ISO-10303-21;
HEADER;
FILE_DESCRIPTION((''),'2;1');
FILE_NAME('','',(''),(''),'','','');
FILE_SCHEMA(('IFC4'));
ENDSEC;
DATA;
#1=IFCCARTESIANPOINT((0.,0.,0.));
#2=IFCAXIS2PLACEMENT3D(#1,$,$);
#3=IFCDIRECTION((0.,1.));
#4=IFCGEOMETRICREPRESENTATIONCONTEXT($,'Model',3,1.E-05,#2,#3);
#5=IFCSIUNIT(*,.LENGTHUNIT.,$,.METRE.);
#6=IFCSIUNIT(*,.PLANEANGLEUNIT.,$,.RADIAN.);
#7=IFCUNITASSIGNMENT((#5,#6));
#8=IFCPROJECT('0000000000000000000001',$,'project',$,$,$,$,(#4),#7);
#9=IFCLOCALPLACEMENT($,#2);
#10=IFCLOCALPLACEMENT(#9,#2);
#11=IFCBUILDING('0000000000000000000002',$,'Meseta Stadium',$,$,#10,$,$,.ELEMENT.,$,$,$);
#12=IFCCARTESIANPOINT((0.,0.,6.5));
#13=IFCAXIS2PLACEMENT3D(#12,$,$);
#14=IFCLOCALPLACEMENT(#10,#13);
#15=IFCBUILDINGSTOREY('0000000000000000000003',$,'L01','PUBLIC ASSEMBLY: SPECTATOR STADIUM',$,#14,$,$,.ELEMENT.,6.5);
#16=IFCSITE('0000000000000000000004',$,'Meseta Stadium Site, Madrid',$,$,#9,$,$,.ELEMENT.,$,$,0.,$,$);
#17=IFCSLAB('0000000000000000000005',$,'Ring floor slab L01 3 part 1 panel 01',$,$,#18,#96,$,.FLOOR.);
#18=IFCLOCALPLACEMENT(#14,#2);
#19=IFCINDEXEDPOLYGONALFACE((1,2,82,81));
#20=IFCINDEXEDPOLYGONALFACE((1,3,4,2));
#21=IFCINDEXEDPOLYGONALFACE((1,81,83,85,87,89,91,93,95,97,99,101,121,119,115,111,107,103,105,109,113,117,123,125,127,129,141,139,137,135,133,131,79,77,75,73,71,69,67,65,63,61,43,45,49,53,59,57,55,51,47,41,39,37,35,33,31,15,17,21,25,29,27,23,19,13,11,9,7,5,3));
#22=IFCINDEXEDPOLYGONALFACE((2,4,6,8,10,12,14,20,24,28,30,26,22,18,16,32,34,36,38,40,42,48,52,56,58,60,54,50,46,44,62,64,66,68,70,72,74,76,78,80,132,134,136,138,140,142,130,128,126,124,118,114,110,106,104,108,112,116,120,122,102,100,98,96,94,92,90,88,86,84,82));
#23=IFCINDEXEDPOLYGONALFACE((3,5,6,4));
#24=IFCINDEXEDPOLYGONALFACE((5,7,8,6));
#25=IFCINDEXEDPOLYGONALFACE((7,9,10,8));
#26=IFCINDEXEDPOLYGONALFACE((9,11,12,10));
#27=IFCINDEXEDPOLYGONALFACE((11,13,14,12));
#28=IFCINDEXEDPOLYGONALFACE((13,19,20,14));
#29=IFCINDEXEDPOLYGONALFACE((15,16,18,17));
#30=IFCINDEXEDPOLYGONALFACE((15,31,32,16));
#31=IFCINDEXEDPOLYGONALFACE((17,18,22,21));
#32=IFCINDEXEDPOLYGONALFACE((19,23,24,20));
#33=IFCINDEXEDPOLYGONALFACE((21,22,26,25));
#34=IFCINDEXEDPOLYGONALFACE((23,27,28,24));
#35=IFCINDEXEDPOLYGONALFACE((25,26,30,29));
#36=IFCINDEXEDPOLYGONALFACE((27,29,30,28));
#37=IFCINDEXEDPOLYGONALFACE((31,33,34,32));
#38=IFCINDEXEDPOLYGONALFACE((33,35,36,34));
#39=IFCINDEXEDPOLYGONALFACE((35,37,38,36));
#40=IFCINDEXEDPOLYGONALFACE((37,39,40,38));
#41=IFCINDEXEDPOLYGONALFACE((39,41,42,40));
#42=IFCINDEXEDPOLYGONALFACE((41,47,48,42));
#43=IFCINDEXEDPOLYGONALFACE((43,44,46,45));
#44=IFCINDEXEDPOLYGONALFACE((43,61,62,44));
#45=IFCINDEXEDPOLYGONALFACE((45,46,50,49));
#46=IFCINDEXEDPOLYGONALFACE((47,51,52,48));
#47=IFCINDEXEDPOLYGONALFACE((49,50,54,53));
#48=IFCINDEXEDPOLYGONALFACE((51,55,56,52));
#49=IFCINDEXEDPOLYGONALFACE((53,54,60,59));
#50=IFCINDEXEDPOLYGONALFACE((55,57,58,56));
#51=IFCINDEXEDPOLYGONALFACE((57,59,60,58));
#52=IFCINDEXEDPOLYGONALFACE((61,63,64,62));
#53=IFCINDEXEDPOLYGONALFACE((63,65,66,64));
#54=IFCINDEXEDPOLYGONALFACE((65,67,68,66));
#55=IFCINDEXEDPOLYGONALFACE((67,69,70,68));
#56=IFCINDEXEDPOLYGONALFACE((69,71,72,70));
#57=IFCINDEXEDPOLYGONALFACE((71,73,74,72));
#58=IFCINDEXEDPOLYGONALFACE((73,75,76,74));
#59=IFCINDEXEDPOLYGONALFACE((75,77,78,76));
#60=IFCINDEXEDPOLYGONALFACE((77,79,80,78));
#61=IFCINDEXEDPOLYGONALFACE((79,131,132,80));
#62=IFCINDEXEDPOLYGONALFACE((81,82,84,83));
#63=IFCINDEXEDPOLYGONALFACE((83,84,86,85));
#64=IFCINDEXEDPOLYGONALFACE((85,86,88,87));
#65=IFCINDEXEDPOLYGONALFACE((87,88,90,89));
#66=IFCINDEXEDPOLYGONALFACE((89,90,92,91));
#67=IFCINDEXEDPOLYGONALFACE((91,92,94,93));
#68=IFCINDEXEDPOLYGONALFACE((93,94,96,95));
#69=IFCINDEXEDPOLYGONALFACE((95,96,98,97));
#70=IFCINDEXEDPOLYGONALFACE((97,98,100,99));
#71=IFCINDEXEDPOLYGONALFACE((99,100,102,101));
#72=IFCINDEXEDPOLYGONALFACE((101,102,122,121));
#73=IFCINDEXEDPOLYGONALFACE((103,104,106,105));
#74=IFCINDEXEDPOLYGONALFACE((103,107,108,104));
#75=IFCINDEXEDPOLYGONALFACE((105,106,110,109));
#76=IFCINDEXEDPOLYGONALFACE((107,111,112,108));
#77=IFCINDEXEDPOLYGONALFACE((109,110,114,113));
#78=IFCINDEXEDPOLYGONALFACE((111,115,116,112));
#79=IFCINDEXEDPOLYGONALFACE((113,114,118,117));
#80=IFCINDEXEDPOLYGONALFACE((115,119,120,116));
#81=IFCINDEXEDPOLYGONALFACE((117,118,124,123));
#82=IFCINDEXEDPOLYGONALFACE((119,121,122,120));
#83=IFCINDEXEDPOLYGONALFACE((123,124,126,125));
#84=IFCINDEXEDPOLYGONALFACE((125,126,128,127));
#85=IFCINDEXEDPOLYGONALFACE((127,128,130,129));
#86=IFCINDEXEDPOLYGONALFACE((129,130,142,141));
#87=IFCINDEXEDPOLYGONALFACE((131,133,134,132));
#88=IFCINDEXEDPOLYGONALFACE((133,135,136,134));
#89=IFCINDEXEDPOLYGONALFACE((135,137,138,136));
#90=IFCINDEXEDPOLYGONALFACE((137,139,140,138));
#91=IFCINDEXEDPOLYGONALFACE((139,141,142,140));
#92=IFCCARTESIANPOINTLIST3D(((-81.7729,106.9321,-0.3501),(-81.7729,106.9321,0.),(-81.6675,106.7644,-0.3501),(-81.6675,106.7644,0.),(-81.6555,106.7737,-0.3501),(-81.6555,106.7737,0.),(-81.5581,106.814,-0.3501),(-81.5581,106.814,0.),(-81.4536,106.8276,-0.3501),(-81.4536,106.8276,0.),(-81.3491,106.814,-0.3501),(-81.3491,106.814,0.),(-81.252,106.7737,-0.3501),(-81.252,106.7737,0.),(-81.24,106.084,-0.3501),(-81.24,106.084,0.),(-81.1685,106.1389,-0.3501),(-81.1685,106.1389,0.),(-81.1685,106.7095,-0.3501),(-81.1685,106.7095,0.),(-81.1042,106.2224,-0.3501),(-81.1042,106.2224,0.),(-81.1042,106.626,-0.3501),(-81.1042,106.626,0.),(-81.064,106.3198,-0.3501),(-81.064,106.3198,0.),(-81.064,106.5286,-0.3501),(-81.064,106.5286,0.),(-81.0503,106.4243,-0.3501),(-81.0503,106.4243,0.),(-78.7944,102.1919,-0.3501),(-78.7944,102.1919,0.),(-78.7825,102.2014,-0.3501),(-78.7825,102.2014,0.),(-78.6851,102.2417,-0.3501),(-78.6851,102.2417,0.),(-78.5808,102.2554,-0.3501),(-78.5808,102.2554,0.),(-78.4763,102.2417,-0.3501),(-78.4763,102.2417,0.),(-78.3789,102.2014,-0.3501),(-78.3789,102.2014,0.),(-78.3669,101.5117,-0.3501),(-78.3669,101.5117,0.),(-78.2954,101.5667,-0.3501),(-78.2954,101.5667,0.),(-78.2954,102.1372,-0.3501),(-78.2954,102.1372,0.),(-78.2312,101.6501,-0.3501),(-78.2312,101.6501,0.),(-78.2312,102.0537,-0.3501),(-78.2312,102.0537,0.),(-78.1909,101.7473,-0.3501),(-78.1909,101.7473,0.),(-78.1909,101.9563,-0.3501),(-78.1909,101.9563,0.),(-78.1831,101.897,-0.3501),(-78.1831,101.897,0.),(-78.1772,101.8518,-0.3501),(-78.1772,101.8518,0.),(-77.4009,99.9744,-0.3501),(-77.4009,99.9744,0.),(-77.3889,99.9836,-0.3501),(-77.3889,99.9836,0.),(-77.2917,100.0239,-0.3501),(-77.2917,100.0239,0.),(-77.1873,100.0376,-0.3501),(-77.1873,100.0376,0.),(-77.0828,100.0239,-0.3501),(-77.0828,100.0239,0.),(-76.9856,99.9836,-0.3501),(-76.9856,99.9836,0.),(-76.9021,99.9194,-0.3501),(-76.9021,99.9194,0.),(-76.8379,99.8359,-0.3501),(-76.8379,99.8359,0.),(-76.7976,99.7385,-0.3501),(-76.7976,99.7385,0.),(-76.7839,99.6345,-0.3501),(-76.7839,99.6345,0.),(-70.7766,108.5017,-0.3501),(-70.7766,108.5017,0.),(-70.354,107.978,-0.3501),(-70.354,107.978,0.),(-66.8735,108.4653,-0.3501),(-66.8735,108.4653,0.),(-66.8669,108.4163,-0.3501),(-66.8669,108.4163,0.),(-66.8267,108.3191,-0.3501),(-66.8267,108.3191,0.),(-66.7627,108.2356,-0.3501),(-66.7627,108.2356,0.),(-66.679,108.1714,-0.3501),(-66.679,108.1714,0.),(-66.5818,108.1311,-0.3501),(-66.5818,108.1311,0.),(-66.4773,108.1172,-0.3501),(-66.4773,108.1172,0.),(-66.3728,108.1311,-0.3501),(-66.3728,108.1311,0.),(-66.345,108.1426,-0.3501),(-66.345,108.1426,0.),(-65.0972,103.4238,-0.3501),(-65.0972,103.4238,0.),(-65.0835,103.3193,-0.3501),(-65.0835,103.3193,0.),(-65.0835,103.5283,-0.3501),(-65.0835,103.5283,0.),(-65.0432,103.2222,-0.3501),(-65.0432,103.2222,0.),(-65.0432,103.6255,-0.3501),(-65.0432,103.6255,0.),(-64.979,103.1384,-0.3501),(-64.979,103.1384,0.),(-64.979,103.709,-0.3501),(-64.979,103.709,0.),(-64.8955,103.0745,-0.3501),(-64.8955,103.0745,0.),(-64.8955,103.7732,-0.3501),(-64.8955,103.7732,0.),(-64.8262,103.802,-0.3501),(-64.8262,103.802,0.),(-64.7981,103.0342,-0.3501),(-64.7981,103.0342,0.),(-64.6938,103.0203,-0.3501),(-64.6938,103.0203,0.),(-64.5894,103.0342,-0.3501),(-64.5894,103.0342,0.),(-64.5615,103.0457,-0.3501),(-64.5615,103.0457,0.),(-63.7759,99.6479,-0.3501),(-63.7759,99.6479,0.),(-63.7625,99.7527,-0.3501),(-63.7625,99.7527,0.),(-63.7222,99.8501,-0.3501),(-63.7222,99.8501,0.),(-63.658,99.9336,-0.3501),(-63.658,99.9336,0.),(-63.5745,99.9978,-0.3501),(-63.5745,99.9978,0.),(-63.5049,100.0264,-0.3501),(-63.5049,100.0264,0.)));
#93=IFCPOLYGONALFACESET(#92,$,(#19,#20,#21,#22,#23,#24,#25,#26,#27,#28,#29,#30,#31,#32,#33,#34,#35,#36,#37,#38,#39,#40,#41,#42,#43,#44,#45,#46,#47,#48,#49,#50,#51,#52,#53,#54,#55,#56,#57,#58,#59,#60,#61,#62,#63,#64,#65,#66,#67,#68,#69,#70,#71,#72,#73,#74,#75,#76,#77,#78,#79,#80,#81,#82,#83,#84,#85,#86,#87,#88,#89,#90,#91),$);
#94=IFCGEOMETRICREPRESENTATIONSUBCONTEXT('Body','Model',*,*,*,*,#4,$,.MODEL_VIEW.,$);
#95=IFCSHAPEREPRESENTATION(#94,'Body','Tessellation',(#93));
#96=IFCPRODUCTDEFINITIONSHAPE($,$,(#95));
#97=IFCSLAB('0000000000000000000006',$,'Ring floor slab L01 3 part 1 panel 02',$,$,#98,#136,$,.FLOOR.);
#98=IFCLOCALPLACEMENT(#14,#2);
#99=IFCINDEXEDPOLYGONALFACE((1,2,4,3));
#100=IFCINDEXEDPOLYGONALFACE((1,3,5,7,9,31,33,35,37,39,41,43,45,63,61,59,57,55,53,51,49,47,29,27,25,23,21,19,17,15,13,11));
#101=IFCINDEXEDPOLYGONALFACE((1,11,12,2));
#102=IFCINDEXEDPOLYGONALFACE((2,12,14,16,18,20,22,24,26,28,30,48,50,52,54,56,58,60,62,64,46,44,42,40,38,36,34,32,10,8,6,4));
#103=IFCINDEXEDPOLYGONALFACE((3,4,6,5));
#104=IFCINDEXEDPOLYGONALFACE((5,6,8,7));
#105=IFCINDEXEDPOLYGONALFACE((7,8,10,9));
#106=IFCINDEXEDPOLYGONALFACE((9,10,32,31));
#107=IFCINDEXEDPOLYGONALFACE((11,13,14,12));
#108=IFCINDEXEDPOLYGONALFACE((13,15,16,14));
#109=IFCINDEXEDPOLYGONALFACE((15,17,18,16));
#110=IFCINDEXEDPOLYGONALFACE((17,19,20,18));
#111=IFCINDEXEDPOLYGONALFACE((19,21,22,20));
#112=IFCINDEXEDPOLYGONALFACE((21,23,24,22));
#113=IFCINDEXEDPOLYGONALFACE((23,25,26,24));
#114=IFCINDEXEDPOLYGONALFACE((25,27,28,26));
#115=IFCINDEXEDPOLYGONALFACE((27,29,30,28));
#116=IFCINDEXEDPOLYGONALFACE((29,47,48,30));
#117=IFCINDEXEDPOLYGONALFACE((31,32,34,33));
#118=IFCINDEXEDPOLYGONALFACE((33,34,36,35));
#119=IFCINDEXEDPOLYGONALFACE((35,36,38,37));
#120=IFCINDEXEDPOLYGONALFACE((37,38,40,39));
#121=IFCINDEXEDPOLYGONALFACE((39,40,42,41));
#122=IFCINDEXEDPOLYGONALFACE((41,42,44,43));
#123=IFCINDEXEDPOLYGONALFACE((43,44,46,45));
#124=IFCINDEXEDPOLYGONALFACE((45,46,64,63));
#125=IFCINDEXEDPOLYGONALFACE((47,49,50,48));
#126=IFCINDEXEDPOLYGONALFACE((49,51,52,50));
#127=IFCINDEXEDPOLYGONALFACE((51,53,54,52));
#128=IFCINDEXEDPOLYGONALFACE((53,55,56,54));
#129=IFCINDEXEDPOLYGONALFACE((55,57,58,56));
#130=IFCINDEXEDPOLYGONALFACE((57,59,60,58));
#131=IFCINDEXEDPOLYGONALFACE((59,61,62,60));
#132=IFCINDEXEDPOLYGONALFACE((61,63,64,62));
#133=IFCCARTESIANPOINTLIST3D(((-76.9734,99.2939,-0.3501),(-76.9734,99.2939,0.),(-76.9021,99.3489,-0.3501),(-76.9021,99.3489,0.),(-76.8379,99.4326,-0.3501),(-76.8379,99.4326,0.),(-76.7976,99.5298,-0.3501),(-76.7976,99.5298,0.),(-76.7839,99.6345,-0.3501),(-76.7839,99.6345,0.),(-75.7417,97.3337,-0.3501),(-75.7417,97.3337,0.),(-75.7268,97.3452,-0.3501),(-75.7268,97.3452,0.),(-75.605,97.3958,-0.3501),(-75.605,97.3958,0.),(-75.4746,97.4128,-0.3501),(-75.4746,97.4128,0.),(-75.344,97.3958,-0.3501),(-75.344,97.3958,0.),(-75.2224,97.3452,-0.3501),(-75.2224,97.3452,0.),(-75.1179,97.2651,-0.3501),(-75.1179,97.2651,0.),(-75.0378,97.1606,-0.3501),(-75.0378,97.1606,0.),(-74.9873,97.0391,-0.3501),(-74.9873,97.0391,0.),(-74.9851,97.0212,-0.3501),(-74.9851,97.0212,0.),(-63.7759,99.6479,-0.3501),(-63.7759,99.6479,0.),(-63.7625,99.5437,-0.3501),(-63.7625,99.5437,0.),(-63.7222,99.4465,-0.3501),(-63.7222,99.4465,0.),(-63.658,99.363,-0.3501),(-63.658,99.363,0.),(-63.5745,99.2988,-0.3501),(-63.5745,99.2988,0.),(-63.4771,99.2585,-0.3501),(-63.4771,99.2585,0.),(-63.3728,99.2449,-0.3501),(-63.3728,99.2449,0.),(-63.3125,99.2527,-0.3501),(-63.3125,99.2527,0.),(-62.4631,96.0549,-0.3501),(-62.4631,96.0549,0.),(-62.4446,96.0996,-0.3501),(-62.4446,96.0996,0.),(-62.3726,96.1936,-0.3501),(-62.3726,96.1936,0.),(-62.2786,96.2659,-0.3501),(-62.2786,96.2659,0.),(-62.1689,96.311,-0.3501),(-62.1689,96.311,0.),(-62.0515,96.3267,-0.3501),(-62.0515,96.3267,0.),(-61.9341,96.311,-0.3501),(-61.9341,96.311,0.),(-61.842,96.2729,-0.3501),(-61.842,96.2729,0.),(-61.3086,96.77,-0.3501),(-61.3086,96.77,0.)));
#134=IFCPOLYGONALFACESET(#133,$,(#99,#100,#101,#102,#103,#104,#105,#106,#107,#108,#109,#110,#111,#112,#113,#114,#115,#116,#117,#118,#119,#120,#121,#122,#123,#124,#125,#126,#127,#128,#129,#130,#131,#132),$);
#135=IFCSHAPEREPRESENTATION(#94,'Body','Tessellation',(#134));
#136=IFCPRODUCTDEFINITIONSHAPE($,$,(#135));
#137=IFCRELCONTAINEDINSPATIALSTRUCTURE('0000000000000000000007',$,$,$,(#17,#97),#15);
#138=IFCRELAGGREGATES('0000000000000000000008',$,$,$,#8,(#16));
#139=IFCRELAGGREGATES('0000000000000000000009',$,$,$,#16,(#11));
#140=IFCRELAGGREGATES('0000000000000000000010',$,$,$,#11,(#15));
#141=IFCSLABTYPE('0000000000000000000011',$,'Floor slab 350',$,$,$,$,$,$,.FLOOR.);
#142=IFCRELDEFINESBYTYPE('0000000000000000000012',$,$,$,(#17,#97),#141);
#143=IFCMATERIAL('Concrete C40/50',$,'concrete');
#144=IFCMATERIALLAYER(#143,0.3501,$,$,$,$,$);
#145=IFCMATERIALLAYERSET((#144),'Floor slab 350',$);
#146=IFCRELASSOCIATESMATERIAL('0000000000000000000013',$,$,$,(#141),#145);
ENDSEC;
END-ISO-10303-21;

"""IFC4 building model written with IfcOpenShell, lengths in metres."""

from ifc_helpers import new_model, si_unit, direction, frame, origin, place, context, subcontext, project, spatial, polyline, outline, extrude, material, layer, layer_set, type_object, element, save


model = new_model("IFC4")

# Units and contexts
model_context = context("Model", 3, precision=1e-05, world=origin(), true_north=direction((0.0, 1.0)))
body_context = subcontext(model_context, "Body", "Model", "MODEL_VIEW")
ifc_project = project(units=[si_unit("LENGTHUNIT", "METRE"), si_unit("PLANEANGLEUNIT", "RADIAN")], contexts=[model_context])

# Site, building, storey
site_placement = place(None, origin())
site = spatial("IfcSite", under=ifc_project, at=site_placement, Name="Meseta Stadium Site, Madrid", CompositionType="ELEMENT", RefElevation=0.0)
building_placement = place(site_placement, origin())
building = spatial("IfcBuilding", under=site, at=building_placement, Name="Meseta Stadium", CompositionType="ELEMENT")
storey_placement = place(building_placement, frame((0.0, 0.0, 6.5)))
storey = spatial("IfcBuildingStorey", under=building, at=storey_placement, Name="L01", Description="PUBLIC ASSEMBLY: SPECTATOR STADIUM", CompositionType="ELEMENT", Elevation=6.5)

# Slabs
ifc_material_1 = material(Name="Concrete C40/50", Category="concrete")
ifc_layer_1 = layer(ifc_material_1, 0.3501)
ifc_layer_set_1 = layer_set([ifc_layer_1], Name="Floor slab 350")
slab_type_1 = type_object("IfcSlabType", Name="Floor slab 350", PredefinedType="FLOOR", material=ifc_layer_set_1)
slab_1_placement = place(storey_placement, frame((0.0, 0.0, -0.3501)))
element("IfcSlab", 1, at=slab_1_placement, inside=storey, type_object=slab_type_1, Name="Ring floor slab L01 3 part 1 panel 01", PredefinedType="FLOOR", context=body_context, shape_type="SweptSolid", body=[
    extrude(outline(polyline([(-81.7729, 106.9321), (-81.6675, 106.7644), (-81.6555, 106.7737), (-81.5581, 106.814), (-81.4536, 106.8276), (-81.3491, 106.814), (-81.252, 106.7737), (-81.1685, 106.7095), (-81.1042, 106.626), (-81.064, 106.5286), (-81.0503, 106.4243), (-81.064, 106.3198), (-81.1042, 106.2224), (-81.1685, 106.1389), (-81.24, 106.084), (-78.7944, 102.1919), (-78.7825, 102.2014), (-78.6851, 102.2417), (-78.5808, 102.2554), (-78.4763, 102.2417), (-78.3789, 102.2014), (-78.2954, 102.1372), (-78.2312, 102.0537), (-78.1909, 101.9563), (-78.1831, 101.897), (-78.1772, 101.8518), (-78.1909, 101.7473), (-78.2312, 101.6501), (-78.2954, 101.5667), (-78.3669, 101.5117), (-77.4009, 99.9744), (-77.3889, 99.9836), (-77.2917, 100.0239), (-77.1873, 100.0376), (-77.0828, 100.0239), (-76.9856, 99.9836), (-76.9021, 99.9194), (-76.8379, 99.8359), (-76.7976, 99.7385), (-76.7839, 99.6345), (-63.7759, 99.6479), (-63.7625, 99.7527), (-63.7222, 99.8501), (-63.658, 99.9336), (-63.5745, 99.9978), (-63.5049, 100.0264), (-64.5615, 103.0457), (-64.5894, 103.0342), (-64.6938, 103.0203), (-64.7981, 103.0342), (-64.8955, 103.0745), (-64.979, 103.1384), (-65.0432, 103.2222), (-65.0835, 103.3193), (-65.0972, 103.4238), (-65.0835, 103.5283), (-65.0432, 103.6255), (-64.979, 103.709), (-64.8955, 103.7732), (-64.8262, 103.802), (-66.345, 108.1426), (-66.3728, 108.1311), (-66.4773, 108.1172), (-66.5818, 108.1311), (-66.679, 108.1714), (-66.7627, 108.2356), (-66.8267, 108.3191), (-66.8669, 108.4163), (-66.8735, 108.4653), (-70.354, 107.978), (-70.7766, 108.5017), (-81.7729, 106.9321)])), origin(), (0.0, 0.0, 1.0), 0.3501),
])
slab_2_placement = place(storey_placement, frame((0.0, 0.0, -0.3501)))
element("IfcSlab", 2, at=slab_2_placement, inside=storey, type_object=slab_type_1, Name="Ring floor slab L01 3 part 1 panel 02", PredefinedType="FLOOR", context=body_context, shape_type="SweptSolid", body=[
    extrude(outline(polyline([(-76.7839, 99.6345), (-76.7976, 99.5298), (-76.8379, 99.4326), (-76.9021, 99.3489), (-76.9734, 99.2939), (-75.7417, 97.3337), (-75.7268, 97.3452), (-75.605, 97.3958), (-75.4746, 97.4128), (-75.344, 97.3958), (-75.2224, 97.3452), (-75.1179, 97.2651), (-75.0378, 97.1606), (-74.9873, 97.0391), (-74.9851, 97.0212), (-62.4631, 96.0549), (-62.4446, 96.0996), (-62.3726, 96.1936), (-62.2786, 96.2659), (-62.1689, 96.311), (-62.0515, 96.3267), (-61.9341, 96.311), (-61.842, 96.2729), (-61.3086, 96.77), (-63.3125, 99.2527), (-63.3728, 99.2449), (-63.4771, 99.2585), (-63.5745, 99.2988), (-63.658, 99.363), (-63.7222, 99.4465), (-63.7625, 99.5437), (-63.7759, 99.6479), (-76.7839, 99.6345)])), origin(), (0.0, 0.0, 1.0), 0.3501),
])

save(model, "model.ifc")
